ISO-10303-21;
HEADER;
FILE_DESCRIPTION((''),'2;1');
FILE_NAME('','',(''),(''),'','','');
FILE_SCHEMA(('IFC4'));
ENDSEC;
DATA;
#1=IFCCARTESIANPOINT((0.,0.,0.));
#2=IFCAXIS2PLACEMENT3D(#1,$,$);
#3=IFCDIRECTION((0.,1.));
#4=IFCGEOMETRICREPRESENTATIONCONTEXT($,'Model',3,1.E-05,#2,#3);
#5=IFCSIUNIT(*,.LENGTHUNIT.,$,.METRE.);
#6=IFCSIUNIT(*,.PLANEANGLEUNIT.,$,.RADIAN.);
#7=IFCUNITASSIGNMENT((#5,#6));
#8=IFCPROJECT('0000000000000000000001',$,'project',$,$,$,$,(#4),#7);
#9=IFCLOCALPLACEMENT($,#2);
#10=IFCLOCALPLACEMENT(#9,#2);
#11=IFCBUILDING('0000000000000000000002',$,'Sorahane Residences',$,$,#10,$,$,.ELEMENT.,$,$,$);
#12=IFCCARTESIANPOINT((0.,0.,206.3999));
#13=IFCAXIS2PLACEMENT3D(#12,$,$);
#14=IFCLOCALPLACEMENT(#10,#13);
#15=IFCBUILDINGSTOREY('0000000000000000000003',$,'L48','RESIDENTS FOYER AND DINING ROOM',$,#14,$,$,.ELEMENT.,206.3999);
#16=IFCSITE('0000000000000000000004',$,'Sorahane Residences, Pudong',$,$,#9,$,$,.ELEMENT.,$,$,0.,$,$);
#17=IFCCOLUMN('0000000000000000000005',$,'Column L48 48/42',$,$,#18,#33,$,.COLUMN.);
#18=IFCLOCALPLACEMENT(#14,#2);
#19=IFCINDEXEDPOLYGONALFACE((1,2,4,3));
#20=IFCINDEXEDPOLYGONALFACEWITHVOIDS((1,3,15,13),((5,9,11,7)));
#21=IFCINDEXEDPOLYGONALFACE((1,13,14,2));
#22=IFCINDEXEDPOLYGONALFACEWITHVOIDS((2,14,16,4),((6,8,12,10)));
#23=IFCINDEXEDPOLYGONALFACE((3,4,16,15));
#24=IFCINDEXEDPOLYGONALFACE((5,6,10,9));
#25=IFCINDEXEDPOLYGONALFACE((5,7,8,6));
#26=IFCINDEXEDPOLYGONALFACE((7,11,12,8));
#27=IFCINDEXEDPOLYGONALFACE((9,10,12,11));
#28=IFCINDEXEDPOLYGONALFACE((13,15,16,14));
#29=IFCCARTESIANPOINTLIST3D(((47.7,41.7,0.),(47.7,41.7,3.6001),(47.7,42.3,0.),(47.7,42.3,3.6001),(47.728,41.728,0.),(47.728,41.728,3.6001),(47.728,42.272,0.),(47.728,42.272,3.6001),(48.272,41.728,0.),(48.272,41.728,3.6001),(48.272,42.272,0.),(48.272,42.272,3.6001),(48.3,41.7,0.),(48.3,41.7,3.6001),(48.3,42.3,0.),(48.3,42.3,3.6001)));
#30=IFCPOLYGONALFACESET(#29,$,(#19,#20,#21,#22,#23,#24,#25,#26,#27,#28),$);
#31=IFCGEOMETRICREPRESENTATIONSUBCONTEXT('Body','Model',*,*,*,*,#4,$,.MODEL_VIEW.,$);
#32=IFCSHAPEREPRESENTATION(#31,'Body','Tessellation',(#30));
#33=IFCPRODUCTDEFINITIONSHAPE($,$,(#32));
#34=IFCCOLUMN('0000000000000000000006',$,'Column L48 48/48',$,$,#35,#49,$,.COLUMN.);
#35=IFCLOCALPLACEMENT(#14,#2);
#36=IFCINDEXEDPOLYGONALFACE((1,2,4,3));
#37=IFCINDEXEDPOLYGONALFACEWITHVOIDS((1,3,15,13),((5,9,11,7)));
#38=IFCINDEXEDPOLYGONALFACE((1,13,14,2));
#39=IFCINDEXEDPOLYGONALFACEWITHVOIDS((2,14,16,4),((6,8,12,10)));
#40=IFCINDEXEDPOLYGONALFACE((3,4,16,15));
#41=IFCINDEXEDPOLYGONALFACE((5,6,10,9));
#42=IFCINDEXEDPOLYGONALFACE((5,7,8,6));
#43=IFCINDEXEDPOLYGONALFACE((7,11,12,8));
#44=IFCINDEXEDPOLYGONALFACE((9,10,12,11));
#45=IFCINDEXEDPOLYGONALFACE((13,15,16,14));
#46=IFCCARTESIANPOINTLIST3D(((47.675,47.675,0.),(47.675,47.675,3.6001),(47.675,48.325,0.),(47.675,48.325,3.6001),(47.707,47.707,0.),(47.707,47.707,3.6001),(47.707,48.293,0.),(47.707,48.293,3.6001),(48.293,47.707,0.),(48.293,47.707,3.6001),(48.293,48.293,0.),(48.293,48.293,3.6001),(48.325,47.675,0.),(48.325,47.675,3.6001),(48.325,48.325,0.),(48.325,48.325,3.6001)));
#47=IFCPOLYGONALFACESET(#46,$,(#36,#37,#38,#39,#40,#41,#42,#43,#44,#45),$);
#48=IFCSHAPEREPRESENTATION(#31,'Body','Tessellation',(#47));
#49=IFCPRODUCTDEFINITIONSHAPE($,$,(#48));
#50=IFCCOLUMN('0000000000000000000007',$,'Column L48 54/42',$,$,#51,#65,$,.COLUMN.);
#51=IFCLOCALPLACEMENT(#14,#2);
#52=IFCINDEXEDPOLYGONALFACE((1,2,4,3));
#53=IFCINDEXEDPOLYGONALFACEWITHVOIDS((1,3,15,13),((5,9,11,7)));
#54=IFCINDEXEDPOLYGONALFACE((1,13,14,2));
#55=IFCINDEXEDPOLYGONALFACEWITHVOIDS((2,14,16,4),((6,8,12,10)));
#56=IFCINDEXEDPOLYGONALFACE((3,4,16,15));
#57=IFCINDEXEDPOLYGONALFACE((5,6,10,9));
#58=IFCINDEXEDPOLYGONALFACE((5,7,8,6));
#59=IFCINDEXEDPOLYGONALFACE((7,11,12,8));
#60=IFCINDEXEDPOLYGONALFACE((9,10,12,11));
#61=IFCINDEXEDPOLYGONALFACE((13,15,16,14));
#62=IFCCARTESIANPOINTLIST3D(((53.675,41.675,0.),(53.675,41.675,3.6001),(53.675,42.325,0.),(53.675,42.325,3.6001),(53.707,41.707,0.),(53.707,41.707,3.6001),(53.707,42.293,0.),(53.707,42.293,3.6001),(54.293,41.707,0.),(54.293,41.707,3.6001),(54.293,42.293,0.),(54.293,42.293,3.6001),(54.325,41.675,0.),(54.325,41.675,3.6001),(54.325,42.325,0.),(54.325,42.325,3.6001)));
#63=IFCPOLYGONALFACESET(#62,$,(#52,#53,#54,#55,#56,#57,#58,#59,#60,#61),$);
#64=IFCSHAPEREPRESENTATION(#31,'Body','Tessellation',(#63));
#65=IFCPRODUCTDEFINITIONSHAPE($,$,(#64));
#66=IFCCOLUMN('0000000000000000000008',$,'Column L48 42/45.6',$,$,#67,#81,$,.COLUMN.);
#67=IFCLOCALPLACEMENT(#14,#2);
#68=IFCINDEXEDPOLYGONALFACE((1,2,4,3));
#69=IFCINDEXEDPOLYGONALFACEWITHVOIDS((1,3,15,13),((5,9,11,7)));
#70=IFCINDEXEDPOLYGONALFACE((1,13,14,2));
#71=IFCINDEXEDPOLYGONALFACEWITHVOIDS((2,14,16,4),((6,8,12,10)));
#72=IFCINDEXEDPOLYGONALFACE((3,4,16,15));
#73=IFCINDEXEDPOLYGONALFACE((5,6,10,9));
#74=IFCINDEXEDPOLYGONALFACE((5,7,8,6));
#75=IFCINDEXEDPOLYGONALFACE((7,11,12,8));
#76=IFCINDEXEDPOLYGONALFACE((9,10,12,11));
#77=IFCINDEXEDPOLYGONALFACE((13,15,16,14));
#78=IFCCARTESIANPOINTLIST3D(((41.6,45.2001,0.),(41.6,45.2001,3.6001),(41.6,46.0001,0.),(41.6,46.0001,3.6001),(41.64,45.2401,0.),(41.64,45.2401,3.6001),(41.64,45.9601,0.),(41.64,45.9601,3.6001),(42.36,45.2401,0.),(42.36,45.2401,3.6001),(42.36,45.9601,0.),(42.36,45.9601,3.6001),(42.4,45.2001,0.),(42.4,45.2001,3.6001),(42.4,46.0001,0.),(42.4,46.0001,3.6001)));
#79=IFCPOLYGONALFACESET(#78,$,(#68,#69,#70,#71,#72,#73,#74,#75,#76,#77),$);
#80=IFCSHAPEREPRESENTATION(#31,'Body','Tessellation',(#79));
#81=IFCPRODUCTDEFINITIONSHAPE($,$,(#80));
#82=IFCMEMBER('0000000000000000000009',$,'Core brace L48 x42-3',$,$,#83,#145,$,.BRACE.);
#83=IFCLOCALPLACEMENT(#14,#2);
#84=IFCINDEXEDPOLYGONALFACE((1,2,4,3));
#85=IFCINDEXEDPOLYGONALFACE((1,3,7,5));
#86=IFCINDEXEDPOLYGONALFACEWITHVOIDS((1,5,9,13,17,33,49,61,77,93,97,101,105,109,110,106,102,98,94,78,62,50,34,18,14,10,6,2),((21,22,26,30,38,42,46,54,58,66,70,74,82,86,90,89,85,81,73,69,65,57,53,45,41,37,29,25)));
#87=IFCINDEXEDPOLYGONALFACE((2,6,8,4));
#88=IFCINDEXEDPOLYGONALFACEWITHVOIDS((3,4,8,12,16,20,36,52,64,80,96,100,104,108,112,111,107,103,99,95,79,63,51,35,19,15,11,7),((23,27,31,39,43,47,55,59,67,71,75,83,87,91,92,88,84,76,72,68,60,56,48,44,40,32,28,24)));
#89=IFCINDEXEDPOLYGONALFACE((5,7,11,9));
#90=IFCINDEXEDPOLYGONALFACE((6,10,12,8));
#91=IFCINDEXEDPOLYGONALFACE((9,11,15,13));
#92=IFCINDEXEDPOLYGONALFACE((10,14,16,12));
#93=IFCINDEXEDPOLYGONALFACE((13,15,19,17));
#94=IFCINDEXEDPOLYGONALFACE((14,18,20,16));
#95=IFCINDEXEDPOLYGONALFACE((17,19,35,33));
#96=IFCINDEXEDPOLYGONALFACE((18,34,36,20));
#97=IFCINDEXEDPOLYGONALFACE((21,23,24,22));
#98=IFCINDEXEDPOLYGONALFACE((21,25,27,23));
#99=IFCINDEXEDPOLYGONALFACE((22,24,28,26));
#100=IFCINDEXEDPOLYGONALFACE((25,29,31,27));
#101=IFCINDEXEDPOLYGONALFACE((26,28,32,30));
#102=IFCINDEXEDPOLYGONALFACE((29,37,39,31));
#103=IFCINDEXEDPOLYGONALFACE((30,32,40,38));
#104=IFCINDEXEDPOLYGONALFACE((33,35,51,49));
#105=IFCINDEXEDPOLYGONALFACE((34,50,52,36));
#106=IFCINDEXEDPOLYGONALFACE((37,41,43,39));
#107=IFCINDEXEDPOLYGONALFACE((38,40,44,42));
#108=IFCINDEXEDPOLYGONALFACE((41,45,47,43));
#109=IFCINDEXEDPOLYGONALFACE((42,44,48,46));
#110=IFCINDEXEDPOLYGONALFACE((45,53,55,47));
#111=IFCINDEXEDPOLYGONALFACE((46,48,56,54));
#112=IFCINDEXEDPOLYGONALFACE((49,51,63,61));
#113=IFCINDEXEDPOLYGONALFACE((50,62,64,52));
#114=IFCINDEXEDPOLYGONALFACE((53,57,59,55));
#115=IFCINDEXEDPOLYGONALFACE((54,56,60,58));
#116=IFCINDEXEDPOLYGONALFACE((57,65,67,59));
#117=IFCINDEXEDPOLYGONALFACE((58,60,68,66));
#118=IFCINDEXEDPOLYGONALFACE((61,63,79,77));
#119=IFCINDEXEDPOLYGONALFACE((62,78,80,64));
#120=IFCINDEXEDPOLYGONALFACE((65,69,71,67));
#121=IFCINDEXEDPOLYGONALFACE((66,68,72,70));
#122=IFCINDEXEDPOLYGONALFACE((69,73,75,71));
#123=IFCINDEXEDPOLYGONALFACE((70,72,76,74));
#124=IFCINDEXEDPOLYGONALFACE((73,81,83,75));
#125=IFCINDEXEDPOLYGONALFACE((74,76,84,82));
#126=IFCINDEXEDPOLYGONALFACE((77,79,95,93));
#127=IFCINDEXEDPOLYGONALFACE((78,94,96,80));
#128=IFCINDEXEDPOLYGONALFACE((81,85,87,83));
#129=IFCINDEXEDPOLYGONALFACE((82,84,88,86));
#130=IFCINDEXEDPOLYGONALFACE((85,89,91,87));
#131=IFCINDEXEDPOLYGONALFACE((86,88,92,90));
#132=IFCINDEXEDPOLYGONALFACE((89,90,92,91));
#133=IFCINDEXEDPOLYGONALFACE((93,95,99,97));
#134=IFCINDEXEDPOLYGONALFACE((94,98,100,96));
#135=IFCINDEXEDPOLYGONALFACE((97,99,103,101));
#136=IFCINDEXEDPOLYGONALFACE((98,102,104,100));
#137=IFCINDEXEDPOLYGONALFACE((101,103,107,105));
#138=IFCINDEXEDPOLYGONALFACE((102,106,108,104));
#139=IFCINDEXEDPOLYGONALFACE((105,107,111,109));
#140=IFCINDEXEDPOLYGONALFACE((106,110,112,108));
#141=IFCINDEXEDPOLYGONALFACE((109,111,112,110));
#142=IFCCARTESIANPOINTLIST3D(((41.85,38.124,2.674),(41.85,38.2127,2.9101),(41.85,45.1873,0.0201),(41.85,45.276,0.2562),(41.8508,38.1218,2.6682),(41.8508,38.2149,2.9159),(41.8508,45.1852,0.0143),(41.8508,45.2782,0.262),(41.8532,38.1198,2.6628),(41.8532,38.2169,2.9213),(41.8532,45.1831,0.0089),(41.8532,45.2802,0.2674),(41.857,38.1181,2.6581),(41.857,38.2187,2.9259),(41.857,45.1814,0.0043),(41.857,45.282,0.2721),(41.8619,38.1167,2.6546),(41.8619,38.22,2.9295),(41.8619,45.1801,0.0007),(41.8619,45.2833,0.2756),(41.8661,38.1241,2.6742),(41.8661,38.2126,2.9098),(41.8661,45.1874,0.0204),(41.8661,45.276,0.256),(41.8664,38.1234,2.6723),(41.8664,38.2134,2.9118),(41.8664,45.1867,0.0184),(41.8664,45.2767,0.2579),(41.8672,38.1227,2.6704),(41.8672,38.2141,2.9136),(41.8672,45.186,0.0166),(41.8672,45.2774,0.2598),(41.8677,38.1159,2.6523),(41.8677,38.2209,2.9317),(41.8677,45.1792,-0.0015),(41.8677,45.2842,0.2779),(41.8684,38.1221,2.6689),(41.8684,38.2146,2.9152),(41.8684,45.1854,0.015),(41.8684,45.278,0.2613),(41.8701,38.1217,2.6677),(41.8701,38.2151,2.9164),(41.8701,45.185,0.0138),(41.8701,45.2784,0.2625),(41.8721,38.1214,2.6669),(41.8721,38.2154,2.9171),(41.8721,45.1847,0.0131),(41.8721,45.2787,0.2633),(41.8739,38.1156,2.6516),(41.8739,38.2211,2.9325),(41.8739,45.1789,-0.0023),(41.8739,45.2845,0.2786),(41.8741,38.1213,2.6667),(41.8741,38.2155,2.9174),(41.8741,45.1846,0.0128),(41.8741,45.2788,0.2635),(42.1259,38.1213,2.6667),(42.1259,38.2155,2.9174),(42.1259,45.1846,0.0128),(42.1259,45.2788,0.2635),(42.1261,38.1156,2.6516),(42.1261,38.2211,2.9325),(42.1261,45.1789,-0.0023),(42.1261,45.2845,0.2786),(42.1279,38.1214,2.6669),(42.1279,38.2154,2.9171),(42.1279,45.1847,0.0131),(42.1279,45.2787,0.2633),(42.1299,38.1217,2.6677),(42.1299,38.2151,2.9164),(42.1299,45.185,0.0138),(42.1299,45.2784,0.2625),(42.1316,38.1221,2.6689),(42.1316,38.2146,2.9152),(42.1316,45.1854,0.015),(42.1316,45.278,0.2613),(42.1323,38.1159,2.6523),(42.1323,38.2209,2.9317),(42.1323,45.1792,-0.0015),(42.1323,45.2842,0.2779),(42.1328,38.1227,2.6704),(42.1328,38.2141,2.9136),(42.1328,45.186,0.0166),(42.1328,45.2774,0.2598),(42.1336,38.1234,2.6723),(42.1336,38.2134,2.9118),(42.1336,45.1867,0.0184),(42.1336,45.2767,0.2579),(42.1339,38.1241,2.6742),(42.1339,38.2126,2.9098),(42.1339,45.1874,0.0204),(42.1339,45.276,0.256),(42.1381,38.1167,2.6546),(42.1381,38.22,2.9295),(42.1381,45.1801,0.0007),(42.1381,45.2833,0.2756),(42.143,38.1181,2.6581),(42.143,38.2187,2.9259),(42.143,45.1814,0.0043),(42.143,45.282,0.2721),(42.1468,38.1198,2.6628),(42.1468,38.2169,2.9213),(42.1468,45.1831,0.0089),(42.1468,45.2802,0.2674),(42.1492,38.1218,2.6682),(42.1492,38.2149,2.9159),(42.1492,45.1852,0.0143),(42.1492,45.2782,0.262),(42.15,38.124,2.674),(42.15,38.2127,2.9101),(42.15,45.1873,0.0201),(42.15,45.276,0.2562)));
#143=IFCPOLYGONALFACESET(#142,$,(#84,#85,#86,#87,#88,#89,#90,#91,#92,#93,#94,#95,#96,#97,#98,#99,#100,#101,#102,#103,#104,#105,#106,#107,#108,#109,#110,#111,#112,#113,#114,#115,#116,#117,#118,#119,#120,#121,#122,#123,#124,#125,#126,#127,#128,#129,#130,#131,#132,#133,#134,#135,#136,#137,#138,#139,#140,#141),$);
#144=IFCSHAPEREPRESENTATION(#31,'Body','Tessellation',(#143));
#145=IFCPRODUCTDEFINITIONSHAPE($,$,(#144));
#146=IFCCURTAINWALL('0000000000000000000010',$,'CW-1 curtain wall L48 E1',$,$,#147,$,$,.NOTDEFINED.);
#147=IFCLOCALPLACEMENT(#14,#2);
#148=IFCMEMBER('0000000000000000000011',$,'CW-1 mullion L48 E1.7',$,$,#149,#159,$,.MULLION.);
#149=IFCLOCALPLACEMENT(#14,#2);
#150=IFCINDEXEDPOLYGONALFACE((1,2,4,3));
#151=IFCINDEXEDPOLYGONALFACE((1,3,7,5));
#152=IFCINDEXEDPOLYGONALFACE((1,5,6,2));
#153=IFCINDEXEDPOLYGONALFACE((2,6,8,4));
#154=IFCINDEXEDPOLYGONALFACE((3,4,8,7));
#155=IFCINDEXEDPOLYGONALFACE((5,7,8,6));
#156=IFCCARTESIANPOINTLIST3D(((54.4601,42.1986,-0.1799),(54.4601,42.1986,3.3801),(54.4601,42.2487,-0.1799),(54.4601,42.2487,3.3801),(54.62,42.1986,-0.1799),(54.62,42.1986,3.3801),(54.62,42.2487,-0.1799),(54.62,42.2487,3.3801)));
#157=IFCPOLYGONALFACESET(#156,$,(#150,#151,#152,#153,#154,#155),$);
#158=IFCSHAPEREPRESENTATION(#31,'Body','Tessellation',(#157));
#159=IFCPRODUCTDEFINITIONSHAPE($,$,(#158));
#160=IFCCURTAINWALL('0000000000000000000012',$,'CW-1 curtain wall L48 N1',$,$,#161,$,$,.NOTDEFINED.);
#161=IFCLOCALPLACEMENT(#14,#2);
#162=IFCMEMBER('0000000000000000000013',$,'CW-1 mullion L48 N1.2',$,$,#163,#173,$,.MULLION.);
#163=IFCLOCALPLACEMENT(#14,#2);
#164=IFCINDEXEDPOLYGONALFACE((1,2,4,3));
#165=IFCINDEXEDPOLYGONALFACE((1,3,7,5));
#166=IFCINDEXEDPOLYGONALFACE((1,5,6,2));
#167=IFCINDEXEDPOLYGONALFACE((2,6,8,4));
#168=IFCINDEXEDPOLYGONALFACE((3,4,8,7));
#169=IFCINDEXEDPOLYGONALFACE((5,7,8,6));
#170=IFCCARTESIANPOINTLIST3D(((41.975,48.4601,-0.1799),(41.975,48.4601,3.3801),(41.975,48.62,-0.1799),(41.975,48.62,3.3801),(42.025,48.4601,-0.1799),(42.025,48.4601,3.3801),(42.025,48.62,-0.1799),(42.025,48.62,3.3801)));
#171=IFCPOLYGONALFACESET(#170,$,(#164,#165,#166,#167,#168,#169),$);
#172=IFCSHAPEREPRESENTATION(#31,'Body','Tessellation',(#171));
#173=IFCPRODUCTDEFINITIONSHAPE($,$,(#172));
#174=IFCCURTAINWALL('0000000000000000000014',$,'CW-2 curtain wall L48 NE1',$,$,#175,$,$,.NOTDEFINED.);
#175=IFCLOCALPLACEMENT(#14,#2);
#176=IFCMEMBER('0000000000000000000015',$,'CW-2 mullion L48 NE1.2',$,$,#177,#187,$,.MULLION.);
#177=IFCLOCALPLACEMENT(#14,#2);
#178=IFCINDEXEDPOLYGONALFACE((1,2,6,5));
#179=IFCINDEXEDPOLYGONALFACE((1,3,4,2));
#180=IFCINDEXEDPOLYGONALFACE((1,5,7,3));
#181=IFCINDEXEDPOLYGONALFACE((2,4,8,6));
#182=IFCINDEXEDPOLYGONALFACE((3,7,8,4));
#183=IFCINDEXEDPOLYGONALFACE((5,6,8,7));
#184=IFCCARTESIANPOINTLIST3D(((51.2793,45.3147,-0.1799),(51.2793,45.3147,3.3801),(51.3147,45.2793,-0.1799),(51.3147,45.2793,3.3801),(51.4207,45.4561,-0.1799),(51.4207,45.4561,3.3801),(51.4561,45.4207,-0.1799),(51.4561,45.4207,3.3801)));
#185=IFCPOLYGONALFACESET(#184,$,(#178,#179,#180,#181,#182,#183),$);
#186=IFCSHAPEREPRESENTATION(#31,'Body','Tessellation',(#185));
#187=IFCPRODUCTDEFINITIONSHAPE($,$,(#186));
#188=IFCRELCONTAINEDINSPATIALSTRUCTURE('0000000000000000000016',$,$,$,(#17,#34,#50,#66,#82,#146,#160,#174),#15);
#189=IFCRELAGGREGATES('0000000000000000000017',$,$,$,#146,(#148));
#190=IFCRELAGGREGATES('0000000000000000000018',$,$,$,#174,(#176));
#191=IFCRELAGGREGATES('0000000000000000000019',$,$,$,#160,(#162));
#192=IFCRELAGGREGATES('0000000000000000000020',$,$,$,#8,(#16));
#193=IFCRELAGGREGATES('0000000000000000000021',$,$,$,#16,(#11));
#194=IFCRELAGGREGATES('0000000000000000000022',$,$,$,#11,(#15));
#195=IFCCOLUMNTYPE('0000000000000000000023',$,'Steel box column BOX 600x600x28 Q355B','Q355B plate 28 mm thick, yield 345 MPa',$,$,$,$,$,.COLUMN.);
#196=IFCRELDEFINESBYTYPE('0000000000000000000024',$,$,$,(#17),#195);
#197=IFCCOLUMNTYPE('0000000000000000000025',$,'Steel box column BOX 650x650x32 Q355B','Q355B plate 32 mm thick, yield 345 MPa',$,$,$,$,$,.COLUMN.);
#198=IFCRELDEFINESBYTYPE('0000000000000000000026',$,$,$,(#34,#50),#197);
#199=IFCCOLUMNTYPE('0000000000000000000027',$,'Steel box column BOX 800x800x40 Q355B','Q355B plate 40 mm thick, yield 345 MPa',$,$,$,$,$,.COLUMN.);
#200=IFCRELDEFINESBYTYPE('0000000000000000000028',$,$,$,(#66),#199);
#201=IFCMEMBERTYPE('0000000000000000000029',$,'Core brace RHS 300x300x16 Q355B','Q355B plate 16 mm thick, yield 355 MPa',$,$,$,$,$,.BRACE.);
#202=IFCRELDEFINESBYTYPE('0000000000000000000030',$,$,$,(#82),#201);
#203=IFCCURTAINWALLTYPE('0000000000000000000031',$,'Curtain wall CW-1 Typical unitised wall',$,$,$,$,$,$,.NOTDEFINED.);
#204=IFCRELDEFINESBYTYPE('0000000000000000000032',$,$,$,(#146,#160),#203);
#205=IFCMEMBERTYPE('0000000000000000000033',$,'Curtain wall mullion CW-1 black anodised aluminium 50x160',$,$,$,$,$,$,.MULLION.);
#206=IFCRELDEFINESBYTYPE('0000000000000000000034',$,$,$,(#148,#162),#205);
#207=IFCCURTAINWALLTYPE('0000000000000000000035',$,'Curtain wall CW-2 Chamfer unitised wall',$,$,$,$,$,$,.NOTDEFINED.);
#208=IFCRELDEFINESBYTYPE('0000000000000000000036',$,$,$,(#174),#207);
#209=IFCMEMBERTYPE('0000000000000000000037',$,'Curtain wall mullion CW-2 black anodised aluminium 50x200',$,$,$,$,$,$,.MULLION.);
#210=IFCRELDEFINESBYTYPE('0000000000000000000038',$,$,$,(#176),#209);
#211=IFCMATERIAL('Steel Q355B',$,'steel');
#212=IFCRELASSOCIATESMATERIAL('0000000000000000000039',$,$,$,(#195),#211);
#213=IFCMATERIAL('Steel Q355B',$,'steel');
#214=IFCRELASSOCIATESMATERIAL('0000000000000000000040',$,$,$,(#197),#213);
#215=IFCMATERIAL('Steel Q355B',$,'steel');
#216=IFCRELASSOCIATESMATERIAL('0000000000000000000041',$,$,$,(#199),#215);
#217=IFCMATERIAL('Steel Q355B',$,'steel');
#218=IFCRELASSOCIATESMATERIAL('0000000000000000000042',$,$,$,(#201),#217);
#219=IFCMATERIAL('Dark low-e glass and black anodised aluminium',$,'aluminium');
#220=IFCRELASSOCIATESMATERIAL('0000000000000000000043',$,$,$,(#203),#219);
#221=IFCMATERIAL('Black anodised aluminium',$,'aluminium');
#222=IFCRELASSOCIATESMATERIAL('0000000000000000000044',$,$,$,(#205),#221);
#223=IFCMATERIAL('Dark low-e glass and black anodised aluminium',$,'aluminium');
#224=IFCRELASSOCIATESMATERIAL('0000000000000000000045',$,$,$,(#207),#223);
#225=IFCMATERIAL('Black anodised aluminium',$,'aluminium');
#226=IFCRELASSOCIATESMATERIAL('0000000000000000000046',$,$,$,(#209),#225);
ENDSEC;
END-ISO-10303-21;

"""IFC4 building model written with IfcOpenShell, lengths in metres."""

from ifc_helpers import new_model, si_unit, direction, frame, origin, origin_2d, place, context, subcontext, project, spatial, rectangle, hollow_rectangle, extrude, material, material_profile, profile_set, type_object, element, aggregate, save


model = new_model("IFC4")

# Units and contexts
model_context = context("Model", 3, precision=1e-05, world=origin(), true_north=direction((0.0, 1.0)))
body_context = subcontext(model_context, "Body", "Model", "MODEL_VIEW")
ifc_project = project(units=[si_unit("LENGTHUNIT", "METRE"), si_unit("PLANEANGLEUNIT", "RADIAN")], contexts=[model_context])

# Site, building, storey
site_placement = place(None, origin())
site = spatial("IfcSite", under=ifc_project, at=site_placement, Name="Sorahane Residences, Pudong", CompositionType="ELEMENT", RefElevation=0.0)
building_placement = place(site_placement, origin())
building = spatial("IfcBuilding", under=site, at=building_placement, Name="Sorahane Residences", CompositionType="ELEMENT")
storey_placement = place(building_placement, frame((0.0, 0.0, 206.3999)))
storey = spatial("IfcBuildingStorey", under=building, at=storey_placement, Name="L48", Description="RESIDENTS FOYER AND DINING ROOM", CompositionType="ELEMENT", Elevation=206.3999)

# Columns
ifc_material_1 = material(Name="Steel Q355B", Category="steel")
ifc_material_profile_1 = material_profile(ifc_material_1, hollow_rectangle(XDim=0.6001, YDim=0.6001, WallThickness=0.0281, at=origin_2d()), Name="BOX 600x600x28")
ifc_profile_set_1 = profile_set([ifc_material_profile_1], Name="Steel Q355B")
column_type_1 = type_object("IfcColumnType", Name="Steel box column BOX 600x600x28 Q355B", Description="Q355B plate 28 mm thick, yield 345 MPa", PredefinedType="COLUMN", material=ifc_profile_set_1)
column_1_placement = place(storey_placement, frame((48.0, 42.0, 0.0), z_axis=(0.0, 0.0, 1.0), x_axis=(1.0, 0.0, 0.0)))
element("IfcColumn", 1, at=column_1_placement, inside=storey, type_object=column_type_1, Name="Column L48 48/42", PredefinedType="COLUMN", context=body_context, shape_type="SweptSolid", body=[
    extrude(hollow_rectangle(XDim=0.6001, YDim=0.6001, WallThickness=0.0281, at=origin_2d()), origin(), (0.0, 0.0, 1.0), 3.6001),
])
ifc_material_2 = material(Name="Steel Q355B", Category="steel")
ifc_material_profile_2 = material_profile(ifc_material_2, hollow_rectangle(XDim=0.6499, YDim=0.6499, WallThickness=0.032, at=origin_2d()), Name="BOX 650x650x32")
ifc_profile_set_2 = profile_set([ifc_material_profile_2], Name="Steel Q355B")
column_type_2 = type_object("IfcColumnType", Name="Steel box column BOX 650x650x32 Q355B", Description="Q355B plate 32 mm thick, yield 345 MPa", PredefinedType="COLUMN", material=ifc_profile_set_2)
for number, where, z_axis, x_axis, name in (
    (2, (48.0, 48.0, 0.0), (0.0, 0.0, 1.0), (1.0, 0.0, 0.0), "Column L48 48/48"),
    (3, (54.0, 42.0, 0.0), (0.0, 0.0, 1.0), (1.0, 0.0, 0.0), "Column L48 54/42"),
):
    element("IfcColumn", number, at=place(storey_placement, frame(where, z_axis=z_axis, x_axis=x_axis)), inside=storey, type_object=column_type_2, Name=name, PredefinedType="COLUMN", context=body_context, shape_type="SweptSolid", body=[
        extrude(hollow_rectangle(XDim=0.6499, YDim=0.6499, WallThickness=0.032, at=origin_2d()), origin(), (0.0, 0.0, 1.0), 3.6001),
    ])
ifc_material_3 = material(Name="Steel Q355B", Category="steel")
ifc_material_profile_3 = material_profile(ifc_material_3, hollow_rectangle(XDim=0.8, YDim=0.8, WallThickness=0.04, at=origin_2d()), Name="BOX 800x800x40")
ifc_profile_set_3 = profile_set([ifc_material_profile_3], Name="Steel Q355B")
column_type_3 = type_object("IfcColumnType", Name="Steel box column BOX 800x800x40 Q355B", Description="Q355B plate 40 mm thick, yield 345 MPa", PredefinedType="COLUMN", material=ifc_profile_set_3)
column_2_placement = place(storey_placement, frame((42.0, 45.6001, 0.0), z_axis=(0.0, 0.0, 1.0), x_axis=(1.0, 0.0, 0.0)))
element("IfcColumn", 4, at=column_2_placement, inside=storey, type_object=column_type_3, Name="Column L48 42/45.6", PredefinedType="COLUMN", context=body_context, shape_type="SweptSolid", body=[
    extrude(hollow_rectangle(XDim=0.8, YDim=0.8, WallThickness=0.04, at=origin_2d()), origin(), (0.0, 0.0, 1.0), 3.6001),
])

# Member
ifc_material_4 = material(Name="Steel Q355B", Category="steel")
ifc_material_profile_4 = material_profile(ifc_material_4, hollow_rectangle(XDim=0.3, YDim=0.3, WallThickness=0.0161, InnerFilletRadius=0.0081, OuterFilletRadius=0.0239, at=origin_2d()), Name="RHS 300x300x16")
ifc_profile_set_4 = profile_set([ifc_material_profile_4], Name="Steel Q355B")
member_type_1 = type_object("IfcMemberType", Name="Core brace RHS 300x300x16 Q355B", Description="Q355B plate 16 mm thick, yield 355 MPa", PredefinedType="BRACE", material=ifc_profile_set_4)
member_1_placement = place(storey_placement, frame((42.0, 45.2317, 0.1382), z_axis=(0.0, -0.936107, 0.351716), x_axis=(1.0, 0.0, 0.0)))
element("IfcMember", 5, at=member_1_placement, inside=storey, type_object=member_type_1, Name="Core brace L48 x42-3", PredefinedType="BRACE", context=body_context, shape_type="SweptSolid", body=[
    extrude(hollow_rectangle(XDim=0.3, YDim=0.3, WallThickness=0.0161, InnerFilletRadius=0.0081, OuterFilletRadius=0.0239, at=origin_2d()), origin(), (0.0, 0.0, 1.0), 7.5454),
])

# Curtain walls, members
ifc_material_5 = material(Name="Dark low-e glass and black anodised aluminium", Category="aluminium")
curtain_wall_type_1 = type_object("IfcCurtainWallType", Name="Curtain wall CW-1 Typical unitised wall", PredefinedType="NOTDEFINED", material=ifc_material_5)
curtain_wall_1_placement = place(storey_placement, origin())
curtain_wall_1 = element("IfcCurtainWall", 6, at=curtain_wall_1_placement, inside=storey, type_object=curtain_wall_type_1, Name="CW-1 curtain wall L48 E1", PredefinedType="NOTDEFINED")
ifc_material_6 = material(Name="Black anodised aluminium", Category="aluminium")
ifc_material_profile_5 = material_profile(ifc_material_6, rectangle(XDim=0.1599, YDim=0.05, at=origin_2d()), Name="Curtain wall mullion CW-1 black anodised aluminium 50x160")
ifc_profile_set_5 = profile_set([ifc_material_profile_5], Name="Black anodised aluminium")
member_type_2 = type_object("IfcMemberType", Name="Curtain wall mullion CW-1 black anodised aluminium 50x160", PredefinedType="MULLION", material=ifc_profile_set_5)
member_2_placement = place(storey_placement, frame((54.54, 42.2236, -0.1799), z_axis=(0.0, 0.0, 1.0), x_axis=(1.0, 0.0, 0.0)))
member_2 = element("IfcMember", 7, at=member_2_placement, type_object=member_type_2, Name="CW-1 mullion L48 E1.7", PredefinedType="MULLION", context=body_context, shape_type="SweptSolid", body=[
    extrude(rectangle(XDim=0.1599, YDim=0.05, at=origin_2d()), origin(), (0.0, 0.0, 1.0), 3.5601),
])
aggregate(curtain_wall_1, [member_2])
curtain_wall_2_placement = place(storey_placement, origin())
curtain_wall_2 = element("IfcCurtainWall", 8, at=curtain_wall_2_placement, inside=storey, type_object=curtain_wall_type_1, Name="CW-1 curtain wall L48 N1", PredefinedType="NOTDEFINED")
member_3_placement = place(storey_placement, frame((42.0, 48.54, -0.1799), z_axis=(0.0, 0.0, 1.0), x_axis=(0.0, 1.0, 0.0)))
member_3 = element("IfcMember", 9, at=member_3_placement, type_object=member_type_2, Name="CW-1 mullion L48 N1.2", PredefinedType="MULLION", context=body_context, shape_type="SweptSolid", body=[
    extrude(rectangle(XDim=0.1599, YDim=0.05, at=origin_2d()), origin(), (0.0, 0.0, 1.0), 3.5601),
])

# Curtain wall, member
ifc_material_7 = material(Name="Dark low-e glass and black anodised aluminium", Category="aluminium")
curtain_wall_type_2 = type_object("IfcCurtainWallType", Name="Curtain wall CW-2 Chamfer unitised wall", PredefinedType="NOTDEFINED", material=ifc_material_7)
curtain_wall_3_placement = place(storey_placement, origin())
curtain_wall_3 = element("IfcCurtainWall", 10, at=curtain_wall_3_placement, inside=storey, type_object=curtain_wall_type_2, Name="CW-2 curtain wall L48 NE1", PredefinedType="NOTDEFINED")
ifc_material_8 = material(Name="Black anodised aluminium", Category="aluminium")
ifc_material_profile_6 = material_profile(ifc_material_8, rectangle(XDim=0.2, YDim=0.05, at=origin_2d()), Name="Curtain wall mullion CW-2 black anodised aluminium 50x200")
ifc_profile_set_6 = profile_set([ifc_material_profile_6], Name="Black anodised aluminium")
member_type_3 = type_object("IfcMemberType", Name="Curtain wall mullion CW-2 black anodised aluminium 50x200", PredefinedType="MULLION", material=ifc_profile_set_6)
member_4_placement = place(storey_placement, frame((51.3677, 45.3677, -0.1799), z_axis=(0.0, 0.0, 1.0), x_axis=(0.707107, 0.707107, 0.0)))
member_4 = element("IfcMember", 11, at=member_4_placement, type_object=member_type_3, Name="CW-2 mullion L48 NE1.2", PredefinedType="MULLION", context=body_context, shape_type="SweptSolid", body=[
    extrude(rectangle(XDim=0.2, YDim=0.05, at=origin_2d()), origin(), (0.0, 0.0, 1.0), 3.5601),
])

aggregate(curtain_wall_3, [member_4])
aggregate(curtain_wall_2, [member_3])

save(model, "model.ifc")
